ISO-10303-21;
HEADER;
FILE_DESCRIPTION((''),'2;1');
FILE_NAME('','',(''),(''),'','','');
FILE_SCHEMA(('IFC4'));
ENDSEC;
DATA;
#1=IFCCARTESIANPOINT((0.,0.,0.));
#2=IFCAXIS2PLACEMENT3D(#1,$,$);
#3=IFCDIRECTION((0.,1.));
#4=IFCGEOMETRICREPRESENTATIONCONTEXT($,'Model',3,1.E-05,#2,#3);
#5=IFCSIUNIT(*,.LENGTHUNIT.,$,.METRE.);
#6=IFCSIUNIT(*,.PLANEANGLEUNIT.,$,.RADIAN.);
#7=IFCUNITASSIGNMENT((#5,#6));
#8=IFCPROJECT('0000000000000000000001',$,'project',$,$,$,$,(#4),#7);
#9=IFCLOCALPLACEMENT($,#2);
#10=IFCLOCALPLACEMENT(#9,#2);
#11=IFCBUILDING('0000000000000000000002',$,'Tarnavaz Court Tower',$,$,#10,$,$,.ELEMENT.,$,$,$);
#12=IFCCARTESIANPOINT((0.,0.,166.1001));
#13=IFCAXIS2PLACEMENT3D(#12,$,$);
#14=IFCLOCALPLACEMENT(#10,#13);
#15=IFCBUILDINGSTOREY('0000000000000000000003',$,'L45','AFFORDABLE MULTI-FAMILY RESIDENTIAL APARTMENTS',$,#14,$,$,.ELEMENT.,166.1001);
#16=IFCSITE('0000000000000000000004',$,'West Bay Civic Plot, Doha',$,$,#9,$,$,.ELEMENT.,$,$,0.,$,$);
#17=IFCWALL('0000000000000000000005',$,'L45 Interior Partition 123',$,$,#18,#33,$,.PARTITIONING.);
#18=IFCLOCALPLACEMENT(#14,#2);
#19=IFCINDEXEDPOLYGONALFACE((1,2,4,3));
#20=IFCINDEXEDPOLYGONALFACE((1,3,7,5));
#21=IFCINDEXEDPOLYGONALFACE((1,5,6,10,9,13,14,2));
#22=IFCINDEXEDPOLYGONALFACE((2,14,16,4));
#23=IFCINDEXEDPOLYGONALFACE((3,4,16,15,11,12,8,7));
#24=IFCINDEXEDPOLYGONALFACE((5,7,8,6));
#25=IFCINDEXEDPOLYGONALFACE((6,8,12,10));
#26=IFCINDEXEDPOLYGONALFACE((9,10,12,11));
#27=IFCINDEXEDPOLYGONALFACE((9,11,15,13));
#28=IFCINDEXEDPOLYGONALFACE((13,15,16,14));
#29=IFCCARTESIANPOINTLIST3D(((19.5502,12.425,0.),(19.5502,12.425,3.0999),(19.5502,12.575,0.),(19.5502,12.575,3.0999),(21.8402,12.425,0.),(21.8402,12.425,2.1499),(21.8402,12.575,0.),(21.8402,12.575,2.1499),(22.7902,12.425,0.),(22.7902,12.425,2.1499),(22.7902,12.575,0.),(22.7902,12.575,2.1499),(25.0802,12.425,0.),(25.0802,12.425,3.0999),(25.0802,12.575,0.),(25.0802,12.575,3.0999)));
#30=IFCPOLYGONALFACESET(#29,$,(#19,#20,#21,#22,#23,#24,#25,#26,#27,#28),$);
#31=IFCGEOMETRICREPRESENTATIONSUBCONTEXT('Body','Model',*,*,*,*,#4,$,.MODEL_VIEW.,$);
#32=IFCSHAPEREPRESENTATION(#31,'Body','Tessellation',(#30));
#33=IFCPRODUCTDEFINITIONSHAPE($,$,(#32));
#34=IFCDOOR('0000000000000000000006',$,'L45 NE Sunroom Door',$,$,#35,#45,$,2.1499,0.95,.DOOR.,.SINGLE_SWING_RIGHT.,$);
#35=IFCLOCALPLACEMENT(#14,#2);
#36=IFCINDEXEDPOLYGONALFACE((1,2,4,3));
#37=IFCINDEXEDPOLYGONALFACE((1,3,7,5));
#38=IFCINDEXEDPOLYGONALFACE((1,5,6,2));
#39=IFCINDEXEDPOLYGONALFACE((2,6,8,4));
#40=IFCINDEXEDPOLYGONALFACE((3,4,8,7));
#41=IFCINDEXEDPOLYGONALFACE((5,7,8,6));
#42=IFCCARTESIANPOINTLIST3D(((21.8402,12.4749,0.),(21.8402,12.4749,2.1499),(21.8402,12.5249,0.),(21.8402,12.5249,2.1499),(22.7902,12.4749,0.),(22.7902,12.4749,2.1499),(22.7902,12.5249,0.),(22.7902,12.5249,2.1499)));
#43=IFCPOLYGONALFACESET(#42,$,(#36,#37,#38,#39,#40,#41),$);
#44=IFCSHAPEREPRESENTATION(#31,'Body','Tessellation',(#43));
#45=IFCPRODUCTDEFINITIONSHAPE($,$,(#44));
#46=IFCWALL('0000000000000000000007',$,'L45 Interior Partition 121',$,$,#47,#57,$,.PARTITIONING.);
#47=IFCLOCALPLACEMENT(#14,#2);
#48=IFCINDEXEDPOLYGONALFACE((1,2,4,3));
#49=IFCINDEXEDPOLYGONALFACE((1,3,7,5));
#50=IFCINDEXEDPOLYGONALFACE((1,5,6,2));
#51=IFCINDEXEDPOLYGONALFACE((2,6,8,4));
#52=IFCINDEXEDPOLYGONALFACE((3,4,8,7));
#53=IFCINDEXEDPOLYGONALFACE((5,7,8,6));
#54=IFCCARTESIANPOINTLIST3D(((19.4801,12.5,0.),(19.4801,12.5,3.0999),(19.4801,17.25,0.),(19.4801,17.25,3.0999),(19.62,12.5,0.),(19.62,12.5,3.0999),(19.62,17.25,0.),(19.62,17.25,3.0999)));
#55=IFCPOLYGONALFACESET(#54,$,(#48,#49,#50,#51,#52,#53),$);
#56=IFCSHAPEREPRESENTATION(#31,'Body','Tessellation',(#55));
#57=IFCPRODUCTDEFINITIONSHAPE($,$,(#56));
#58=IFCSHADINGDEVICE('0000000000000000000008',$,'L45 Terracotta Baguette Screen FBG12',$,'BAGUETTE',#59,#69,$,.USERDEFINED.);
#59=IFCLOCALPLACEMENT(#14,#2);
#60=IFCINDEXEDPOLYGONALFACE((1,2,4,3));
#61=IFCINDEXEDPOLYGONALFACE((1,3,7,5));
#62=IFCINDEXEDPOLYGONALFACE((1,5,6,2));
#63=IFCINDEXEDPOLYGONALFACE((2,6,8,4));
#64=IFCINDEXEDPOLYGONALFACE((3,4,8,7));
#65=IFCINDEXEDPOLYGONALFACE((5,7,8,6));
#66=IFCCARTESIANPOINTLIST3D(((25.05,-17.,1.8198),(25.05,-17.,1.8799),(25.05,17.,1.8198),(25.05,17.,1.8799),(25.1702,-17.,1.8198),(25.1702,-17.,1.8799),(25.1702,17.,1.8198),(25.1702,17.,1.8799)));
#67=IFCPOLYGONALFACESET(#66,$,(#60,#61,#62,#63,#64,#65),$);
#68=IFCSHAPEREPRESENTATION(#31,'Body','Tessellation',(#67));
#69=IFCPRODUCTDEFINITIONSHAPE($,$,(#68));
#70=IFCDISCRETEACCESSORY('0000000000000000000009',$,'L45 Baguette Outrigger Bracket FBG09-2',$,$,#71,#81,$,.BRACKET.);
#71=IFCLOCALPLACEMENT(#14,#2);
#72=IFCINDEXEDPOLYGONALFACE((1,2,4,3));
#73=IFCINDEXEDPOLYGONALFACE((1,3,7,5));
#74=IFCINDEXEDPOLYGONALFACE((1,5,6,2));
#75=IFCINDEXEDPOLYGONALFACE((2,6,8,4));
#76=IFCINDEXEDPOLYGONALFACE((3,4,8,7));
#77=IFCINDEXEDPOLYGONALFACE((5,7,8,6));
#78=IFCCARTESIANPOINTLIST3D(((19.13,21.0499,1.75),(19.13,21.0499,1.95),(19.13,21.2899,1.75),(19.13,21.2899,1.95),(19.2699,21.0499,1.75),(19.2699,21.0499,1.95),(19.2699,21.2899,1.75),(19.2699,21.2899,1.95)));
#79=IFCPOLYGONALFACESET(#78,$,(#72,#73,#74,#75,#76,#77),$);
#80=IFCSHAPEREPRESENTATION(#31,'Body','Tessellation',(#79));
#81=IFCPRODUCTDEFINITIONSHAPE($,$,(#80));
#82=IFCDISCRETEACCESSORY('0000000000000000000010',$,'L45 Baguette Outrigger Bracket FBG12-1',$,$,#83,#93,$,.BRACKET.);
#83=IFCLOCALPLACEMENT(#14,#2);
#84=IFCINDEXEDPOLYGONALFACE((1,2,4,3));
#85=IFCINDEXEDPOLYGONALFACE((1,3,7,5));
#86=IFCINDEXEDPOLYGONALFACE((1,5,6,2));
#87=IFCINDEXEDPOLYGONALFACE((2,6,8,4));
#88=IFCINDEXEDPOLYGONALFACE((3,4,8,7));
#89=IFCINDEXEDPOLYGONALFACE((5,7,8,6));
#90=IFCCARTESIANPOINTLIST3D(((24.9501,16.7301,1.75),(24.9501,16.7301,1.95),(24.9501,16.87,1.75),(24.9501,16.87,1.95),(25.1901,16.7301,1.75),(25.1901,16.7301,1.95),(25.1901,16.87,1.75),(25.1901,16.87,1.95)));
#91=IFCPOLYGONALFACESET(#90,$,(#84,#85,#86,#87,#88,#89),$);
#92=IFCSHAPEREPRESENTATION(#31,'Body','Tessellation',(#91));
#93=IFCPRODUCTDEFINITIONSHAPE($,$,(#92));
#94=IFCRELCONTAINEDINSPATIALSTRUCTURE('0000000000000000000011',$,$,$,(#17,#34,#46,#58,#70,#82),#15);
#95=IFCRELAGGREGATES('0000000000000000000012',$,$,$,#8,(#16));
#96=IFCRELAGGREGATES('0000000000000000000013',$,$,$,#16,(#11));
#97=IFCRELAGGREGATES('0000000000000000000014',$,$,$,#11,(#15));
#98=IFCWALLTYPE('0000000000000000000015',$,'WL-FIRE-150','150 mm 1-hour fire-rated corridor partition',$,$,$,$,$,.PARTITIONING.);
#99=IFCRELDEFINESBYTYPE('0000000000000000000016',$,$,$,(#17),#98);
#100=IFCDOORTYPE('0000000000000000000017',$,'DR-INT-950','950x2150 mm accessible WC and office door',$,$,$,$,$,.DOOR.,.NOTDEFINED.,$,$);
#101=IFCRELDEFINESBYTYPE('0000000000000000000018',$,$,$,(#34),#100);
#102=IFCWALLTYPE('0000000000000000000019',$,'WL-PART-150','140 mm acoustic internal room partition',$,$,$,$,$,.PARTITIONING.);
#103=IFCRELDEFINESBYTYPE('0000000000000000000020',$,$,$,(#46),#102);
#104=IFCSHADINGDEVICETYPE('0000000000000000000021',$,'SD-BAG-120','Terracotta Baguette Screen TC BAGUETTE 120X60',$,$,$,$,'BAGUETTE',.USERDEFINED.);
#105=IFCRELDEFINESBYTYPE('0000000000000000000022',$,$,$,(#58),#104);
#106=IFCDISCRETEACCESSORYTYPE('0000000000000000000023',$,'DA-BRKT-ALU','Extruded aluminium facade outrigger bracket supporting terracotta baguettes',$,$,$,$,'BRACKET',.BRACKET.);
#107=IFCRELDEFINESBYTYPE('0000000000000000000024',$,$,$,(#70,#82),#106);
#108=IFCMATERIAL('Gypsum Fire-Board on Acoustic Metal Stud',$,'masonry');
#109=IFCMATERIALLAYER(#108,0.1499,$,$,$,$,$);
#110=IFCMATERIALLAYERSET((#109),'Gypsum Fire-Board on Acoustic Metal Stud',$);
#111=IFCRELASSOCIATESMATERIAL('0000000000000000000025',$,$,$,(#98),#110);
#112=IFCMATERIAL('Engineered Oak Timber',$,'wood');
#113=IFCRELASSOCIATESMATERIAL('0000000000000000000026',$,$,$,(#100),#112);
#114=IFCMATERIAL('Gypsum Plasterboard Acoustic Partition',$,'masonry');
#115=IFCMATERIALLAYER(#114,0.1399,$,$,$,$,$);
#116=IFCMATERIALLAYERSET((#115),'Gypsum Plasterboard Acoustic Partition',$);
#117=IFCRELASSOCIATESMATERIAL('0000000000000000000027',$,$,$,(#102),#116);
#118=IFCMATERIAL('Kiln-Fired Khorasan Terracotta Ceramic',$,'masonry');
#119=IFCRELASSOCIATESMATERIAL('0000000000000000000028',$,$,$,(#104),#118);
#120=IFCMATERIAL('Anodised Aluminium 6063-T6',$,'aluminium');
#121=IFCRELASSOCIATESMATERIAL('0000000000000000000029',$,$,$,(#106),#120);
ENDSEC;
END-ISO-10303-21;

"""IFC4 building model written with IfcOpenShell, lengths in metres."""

from ifc_helpers import new_model, si_unit, direction, frame, frame_2d, origin, origin_2d, place, context, subcontext, project, spatial, rectangle, extrude, material, layer, layer_set, material_profile, profile_set, type_object, element, fill, save


model = new_model("IFC4")

# Units and contexts
model_context = context("Model", 3, precision=1e-05, world=origin(), true_north=direction((0.0, 1.0)))
body_context = subcontext(model_context, "Body", "Model", "MODEL_VIEW")
ifc_project = project(units=[si_unit("LENGTHUNIT", "METRE"), si_unit("PLANEANGLEUNIT", "RADIAN")], contexts=[model_context])

# Site, building, storey
site_placement = place(None, origin())
site = spatial("IfcSite", under=ifc_project, at=site_placement, Name="West Bay Civic Plot, Doha", CompositionType="ELEMENT", RefElevation=0.0)
building_placement = place(site_placement, origin())
building = spatial("IfcBuilding", under=site, at=building_placement, Name="Tarnavaz Court Tower", CompositionType="ELEMENT")
storey_placement = place(building_placement, frame((0.0, 0.0, 166.1001)))
storey = spatial("IfcBuildingStorey", under=building, at=storey_placement, Name="L45", Description="AFFORDABLE MULTI-FAMILY RESIDENTIAL APARTMENTS", CompositionType="ELEMENT", Elevation=166.1001)

# Wall, opening, door
ifc_material_1 = material(Name="Gypsum Fire-Board on Acoustic Metal Stud", Category="masonry")
ifc_layer_1 = layer(ifc_material_1, 0.1499)
ifc_layer_set_1 = layer_set([ifc_layer_1], Name="Gypsum Fire-Board on Acoustic Metal Stud")
wall_type_1 = type_object("IfcWallType", Name="WL-FIRE-150", Description="150 mm 1-hour fire-rated corridor partition", PredefinedType="PARTITIONING", material=ifc_layer_set_1)
wall_1_placement = place(storey_placement, frame((19.55, 12.5, 0.0), z_axis=(0.0, 0.0, 1.0), x_axis=(1.0, 0.0, 0.0)))
wall_1 = element("IfcWall", 1, at=wall_1_placement, inside=storey, type_object=wall_type_1, Name="L45 Interior Partition 123", PredefinedType="PARTITIONING", context=body_context, shape_type="SweptSolid", body=[
    extrude(rectangle(XDim=5.53, YDim=0.1499, at=frame_2d((2.7651, 0.0))), origin(), (0.0, 0.0, 1.0), 3.0999),
])
opening_1_placement = place(wall_1_placement, frame((2.29, 0.0, 0.0)))
opening_1 = element("IfcOpeningElement", 2, at=opening_1_placement, cuts=wall_1, PredefinedType="OPENING", context=body_context, shape_type="SweptSolid", body=[
    extrude(rectangle(XDim=0.95, YDim=2.1499, at=frame_2d((0.4751, 1.075))), frame((0.0, 0.085, 0.0), z_axis=(0.0, -1.0, 0.0), x_axis=(1.0, 0.0, 0.0)), (0.0, 0.0, 1.0), 0.1699),
])
ifc_material_2 = material(Name="Engineered Oak Timber", Category="wood")
door_type = type_object("IfcDoorType", Name="DR-INT-950", Description="950x2150 mm accessible WC and office door", OperationType="NOTDEFINED", PredefinedType="DOOR", material=ifc_material_2)
door_placement = place(opening_1_placement, origin())
door = element("IfcDoor", 3, at=door_placement, inside=storey, type_object=door_type, Name="L45 NE Sunroom Door", OperationType="SINGLE_SWING_RIGHT", OverallHeight=2.1499, OverallWidth=0.95, PredefinedType="DOOR", context=body_context, shape_type="SweptSolid", body=[
    extrude(rectangle(XDim=0.95, YDim=2.1499, at=frame_2d((0.4751, 1.075))), frame((0.0, 0.0249, 0.0), z_axis=(0.0, -1.0, 0.0), x_axis=(1.0, 0.0, 0.0)), (0.0, 0.0, 1.0), 0.05),
])
fill(opening_1, door)

# Wall
ifc_material_3 = material(Name="Gypsum Plasterboard Acoustic Partition", Category="masonry")
ifc_layer_2 = layer(ifc_material_3, 0.1399)
ifc_layer_set_2 = layer_set([ifc_layer_2], Name="Gypsum Plasterboard Acoustic Partition")
wall_type_2 = type_object("IfcWallType", Name="WL-PART-150", Description="140 mm acoustic internal room partition", PredefinedType="PARTITIONING", material=ifc_layer_set_2)
wall_2_placement = place(storey_placement, frame((19.55, 12.5, 0.0), z_axis=(0.0, 0.0, 1.0), x_axis=(0.0, 1.0, 0.0)))
element("IfcWall", 4, at=wall_2_placement, inside=storey, type_object=wall_type_2, Name="L45 Interior Partition 121", PredefinedType="PARTITIONING", context=body_context, shape_type="SweptSolid", body=[
    extrude(rectangle(XDim=4.75, YDim=0.1399, at=frame_2d((2.375, 0.0))), origin(), (0.0, 0.0, 1.0), 3.0999),
])

# Shading device
ifc_material_4 = material(Name="Kiln-Fired Khorasan Terracotta Ceramic", Category="masonry")
ifc_material_profile_1 = material_profile(ifc_material_4, rectangle(XDim=0.1201, YDim=0.0601, at=origin_2d()), Name="TC BAGUETTE 120X60")
ifc_profile_set_1 = profile_set([ifc_material_profile_1], Name="Kiln-Fired Khorasan Terracotta Ceramic")
shading_device_type = type_object("IfcShadingDeviceType", Name="SD-BAG-120", Description="Terracotta Baguette Screen TC BAGUETTE 120X60", ElementType="BAGUETTE", PredefinedType="USERDEFINED", material=ifc_profile_set_1)
shading_device_placement = place(storey_placement, frame((25.1101, 17.0, 1.8499), z_axis=(0.0, -1.0, 0.0), x_axis=(1.0, 0.0, 0.0)))
element("IfcShadingDevice", 5, at=shading_device_placement, inside=storey, type_object=shading_device_type, Name="L45 Terracotta Baguette Screen FBG12", ObjectType="BAGUETTE", PredefinedType="USERDEFINED", context=body_context, shape_type="SweptSolid", body=[
    extrude(rectangle(XDim=0.1201, YDim=0.0601, at=origin_2d()), origin(), (0.0, 0.0, 1.0), 34.0),
])

# Discrete accessories
ifc_material_5 = material(Name="Anodised Aluminium 6063-T6", Category="aluminium")
discrete_accessory_type = type_object("IfcDiscreteAccessoryType", Name="DA-BRKT-ALU", Description="Extruded aluminium facade outrigger bracket supporting terracotta baguettes", ElementType="BRACKET", PredefinedType="BRACKET", material=ifc_material_5)
for number, where, z_axis, x_axis, name in (
    (6, (19.2, 21.1699, 1.75), (0.0, 0.0, 1.0), (1.0, 0.0, 0.0), "L45 Baguette Outrigger Bracket FBG09-2"),
    (7, (25.0701, 16.8, 1.75), (0.0, 0.0, 1.0), (0.0, -1.0, 0.0), "L45 Baguette Outrigger Bracket FBG12-1"),
):
    element("IfcDiscreteAccessory", number, at=place(storey_placement, frame(where, z_axis=z_axis, x_axis=x_axis)), inside=storey, type_object=discrete_accessory_type, Name=name, PredefinedType="BRACKET", context=body_context, shape_type="SweptSolid", body=[
        extrude(rectangle(XDim=0.1399, YDim=0.24, at=origin_2d()), origin(), (0.0, 0.0, 1.0), 0.2),
    ])

save(model, "model.ifc")
